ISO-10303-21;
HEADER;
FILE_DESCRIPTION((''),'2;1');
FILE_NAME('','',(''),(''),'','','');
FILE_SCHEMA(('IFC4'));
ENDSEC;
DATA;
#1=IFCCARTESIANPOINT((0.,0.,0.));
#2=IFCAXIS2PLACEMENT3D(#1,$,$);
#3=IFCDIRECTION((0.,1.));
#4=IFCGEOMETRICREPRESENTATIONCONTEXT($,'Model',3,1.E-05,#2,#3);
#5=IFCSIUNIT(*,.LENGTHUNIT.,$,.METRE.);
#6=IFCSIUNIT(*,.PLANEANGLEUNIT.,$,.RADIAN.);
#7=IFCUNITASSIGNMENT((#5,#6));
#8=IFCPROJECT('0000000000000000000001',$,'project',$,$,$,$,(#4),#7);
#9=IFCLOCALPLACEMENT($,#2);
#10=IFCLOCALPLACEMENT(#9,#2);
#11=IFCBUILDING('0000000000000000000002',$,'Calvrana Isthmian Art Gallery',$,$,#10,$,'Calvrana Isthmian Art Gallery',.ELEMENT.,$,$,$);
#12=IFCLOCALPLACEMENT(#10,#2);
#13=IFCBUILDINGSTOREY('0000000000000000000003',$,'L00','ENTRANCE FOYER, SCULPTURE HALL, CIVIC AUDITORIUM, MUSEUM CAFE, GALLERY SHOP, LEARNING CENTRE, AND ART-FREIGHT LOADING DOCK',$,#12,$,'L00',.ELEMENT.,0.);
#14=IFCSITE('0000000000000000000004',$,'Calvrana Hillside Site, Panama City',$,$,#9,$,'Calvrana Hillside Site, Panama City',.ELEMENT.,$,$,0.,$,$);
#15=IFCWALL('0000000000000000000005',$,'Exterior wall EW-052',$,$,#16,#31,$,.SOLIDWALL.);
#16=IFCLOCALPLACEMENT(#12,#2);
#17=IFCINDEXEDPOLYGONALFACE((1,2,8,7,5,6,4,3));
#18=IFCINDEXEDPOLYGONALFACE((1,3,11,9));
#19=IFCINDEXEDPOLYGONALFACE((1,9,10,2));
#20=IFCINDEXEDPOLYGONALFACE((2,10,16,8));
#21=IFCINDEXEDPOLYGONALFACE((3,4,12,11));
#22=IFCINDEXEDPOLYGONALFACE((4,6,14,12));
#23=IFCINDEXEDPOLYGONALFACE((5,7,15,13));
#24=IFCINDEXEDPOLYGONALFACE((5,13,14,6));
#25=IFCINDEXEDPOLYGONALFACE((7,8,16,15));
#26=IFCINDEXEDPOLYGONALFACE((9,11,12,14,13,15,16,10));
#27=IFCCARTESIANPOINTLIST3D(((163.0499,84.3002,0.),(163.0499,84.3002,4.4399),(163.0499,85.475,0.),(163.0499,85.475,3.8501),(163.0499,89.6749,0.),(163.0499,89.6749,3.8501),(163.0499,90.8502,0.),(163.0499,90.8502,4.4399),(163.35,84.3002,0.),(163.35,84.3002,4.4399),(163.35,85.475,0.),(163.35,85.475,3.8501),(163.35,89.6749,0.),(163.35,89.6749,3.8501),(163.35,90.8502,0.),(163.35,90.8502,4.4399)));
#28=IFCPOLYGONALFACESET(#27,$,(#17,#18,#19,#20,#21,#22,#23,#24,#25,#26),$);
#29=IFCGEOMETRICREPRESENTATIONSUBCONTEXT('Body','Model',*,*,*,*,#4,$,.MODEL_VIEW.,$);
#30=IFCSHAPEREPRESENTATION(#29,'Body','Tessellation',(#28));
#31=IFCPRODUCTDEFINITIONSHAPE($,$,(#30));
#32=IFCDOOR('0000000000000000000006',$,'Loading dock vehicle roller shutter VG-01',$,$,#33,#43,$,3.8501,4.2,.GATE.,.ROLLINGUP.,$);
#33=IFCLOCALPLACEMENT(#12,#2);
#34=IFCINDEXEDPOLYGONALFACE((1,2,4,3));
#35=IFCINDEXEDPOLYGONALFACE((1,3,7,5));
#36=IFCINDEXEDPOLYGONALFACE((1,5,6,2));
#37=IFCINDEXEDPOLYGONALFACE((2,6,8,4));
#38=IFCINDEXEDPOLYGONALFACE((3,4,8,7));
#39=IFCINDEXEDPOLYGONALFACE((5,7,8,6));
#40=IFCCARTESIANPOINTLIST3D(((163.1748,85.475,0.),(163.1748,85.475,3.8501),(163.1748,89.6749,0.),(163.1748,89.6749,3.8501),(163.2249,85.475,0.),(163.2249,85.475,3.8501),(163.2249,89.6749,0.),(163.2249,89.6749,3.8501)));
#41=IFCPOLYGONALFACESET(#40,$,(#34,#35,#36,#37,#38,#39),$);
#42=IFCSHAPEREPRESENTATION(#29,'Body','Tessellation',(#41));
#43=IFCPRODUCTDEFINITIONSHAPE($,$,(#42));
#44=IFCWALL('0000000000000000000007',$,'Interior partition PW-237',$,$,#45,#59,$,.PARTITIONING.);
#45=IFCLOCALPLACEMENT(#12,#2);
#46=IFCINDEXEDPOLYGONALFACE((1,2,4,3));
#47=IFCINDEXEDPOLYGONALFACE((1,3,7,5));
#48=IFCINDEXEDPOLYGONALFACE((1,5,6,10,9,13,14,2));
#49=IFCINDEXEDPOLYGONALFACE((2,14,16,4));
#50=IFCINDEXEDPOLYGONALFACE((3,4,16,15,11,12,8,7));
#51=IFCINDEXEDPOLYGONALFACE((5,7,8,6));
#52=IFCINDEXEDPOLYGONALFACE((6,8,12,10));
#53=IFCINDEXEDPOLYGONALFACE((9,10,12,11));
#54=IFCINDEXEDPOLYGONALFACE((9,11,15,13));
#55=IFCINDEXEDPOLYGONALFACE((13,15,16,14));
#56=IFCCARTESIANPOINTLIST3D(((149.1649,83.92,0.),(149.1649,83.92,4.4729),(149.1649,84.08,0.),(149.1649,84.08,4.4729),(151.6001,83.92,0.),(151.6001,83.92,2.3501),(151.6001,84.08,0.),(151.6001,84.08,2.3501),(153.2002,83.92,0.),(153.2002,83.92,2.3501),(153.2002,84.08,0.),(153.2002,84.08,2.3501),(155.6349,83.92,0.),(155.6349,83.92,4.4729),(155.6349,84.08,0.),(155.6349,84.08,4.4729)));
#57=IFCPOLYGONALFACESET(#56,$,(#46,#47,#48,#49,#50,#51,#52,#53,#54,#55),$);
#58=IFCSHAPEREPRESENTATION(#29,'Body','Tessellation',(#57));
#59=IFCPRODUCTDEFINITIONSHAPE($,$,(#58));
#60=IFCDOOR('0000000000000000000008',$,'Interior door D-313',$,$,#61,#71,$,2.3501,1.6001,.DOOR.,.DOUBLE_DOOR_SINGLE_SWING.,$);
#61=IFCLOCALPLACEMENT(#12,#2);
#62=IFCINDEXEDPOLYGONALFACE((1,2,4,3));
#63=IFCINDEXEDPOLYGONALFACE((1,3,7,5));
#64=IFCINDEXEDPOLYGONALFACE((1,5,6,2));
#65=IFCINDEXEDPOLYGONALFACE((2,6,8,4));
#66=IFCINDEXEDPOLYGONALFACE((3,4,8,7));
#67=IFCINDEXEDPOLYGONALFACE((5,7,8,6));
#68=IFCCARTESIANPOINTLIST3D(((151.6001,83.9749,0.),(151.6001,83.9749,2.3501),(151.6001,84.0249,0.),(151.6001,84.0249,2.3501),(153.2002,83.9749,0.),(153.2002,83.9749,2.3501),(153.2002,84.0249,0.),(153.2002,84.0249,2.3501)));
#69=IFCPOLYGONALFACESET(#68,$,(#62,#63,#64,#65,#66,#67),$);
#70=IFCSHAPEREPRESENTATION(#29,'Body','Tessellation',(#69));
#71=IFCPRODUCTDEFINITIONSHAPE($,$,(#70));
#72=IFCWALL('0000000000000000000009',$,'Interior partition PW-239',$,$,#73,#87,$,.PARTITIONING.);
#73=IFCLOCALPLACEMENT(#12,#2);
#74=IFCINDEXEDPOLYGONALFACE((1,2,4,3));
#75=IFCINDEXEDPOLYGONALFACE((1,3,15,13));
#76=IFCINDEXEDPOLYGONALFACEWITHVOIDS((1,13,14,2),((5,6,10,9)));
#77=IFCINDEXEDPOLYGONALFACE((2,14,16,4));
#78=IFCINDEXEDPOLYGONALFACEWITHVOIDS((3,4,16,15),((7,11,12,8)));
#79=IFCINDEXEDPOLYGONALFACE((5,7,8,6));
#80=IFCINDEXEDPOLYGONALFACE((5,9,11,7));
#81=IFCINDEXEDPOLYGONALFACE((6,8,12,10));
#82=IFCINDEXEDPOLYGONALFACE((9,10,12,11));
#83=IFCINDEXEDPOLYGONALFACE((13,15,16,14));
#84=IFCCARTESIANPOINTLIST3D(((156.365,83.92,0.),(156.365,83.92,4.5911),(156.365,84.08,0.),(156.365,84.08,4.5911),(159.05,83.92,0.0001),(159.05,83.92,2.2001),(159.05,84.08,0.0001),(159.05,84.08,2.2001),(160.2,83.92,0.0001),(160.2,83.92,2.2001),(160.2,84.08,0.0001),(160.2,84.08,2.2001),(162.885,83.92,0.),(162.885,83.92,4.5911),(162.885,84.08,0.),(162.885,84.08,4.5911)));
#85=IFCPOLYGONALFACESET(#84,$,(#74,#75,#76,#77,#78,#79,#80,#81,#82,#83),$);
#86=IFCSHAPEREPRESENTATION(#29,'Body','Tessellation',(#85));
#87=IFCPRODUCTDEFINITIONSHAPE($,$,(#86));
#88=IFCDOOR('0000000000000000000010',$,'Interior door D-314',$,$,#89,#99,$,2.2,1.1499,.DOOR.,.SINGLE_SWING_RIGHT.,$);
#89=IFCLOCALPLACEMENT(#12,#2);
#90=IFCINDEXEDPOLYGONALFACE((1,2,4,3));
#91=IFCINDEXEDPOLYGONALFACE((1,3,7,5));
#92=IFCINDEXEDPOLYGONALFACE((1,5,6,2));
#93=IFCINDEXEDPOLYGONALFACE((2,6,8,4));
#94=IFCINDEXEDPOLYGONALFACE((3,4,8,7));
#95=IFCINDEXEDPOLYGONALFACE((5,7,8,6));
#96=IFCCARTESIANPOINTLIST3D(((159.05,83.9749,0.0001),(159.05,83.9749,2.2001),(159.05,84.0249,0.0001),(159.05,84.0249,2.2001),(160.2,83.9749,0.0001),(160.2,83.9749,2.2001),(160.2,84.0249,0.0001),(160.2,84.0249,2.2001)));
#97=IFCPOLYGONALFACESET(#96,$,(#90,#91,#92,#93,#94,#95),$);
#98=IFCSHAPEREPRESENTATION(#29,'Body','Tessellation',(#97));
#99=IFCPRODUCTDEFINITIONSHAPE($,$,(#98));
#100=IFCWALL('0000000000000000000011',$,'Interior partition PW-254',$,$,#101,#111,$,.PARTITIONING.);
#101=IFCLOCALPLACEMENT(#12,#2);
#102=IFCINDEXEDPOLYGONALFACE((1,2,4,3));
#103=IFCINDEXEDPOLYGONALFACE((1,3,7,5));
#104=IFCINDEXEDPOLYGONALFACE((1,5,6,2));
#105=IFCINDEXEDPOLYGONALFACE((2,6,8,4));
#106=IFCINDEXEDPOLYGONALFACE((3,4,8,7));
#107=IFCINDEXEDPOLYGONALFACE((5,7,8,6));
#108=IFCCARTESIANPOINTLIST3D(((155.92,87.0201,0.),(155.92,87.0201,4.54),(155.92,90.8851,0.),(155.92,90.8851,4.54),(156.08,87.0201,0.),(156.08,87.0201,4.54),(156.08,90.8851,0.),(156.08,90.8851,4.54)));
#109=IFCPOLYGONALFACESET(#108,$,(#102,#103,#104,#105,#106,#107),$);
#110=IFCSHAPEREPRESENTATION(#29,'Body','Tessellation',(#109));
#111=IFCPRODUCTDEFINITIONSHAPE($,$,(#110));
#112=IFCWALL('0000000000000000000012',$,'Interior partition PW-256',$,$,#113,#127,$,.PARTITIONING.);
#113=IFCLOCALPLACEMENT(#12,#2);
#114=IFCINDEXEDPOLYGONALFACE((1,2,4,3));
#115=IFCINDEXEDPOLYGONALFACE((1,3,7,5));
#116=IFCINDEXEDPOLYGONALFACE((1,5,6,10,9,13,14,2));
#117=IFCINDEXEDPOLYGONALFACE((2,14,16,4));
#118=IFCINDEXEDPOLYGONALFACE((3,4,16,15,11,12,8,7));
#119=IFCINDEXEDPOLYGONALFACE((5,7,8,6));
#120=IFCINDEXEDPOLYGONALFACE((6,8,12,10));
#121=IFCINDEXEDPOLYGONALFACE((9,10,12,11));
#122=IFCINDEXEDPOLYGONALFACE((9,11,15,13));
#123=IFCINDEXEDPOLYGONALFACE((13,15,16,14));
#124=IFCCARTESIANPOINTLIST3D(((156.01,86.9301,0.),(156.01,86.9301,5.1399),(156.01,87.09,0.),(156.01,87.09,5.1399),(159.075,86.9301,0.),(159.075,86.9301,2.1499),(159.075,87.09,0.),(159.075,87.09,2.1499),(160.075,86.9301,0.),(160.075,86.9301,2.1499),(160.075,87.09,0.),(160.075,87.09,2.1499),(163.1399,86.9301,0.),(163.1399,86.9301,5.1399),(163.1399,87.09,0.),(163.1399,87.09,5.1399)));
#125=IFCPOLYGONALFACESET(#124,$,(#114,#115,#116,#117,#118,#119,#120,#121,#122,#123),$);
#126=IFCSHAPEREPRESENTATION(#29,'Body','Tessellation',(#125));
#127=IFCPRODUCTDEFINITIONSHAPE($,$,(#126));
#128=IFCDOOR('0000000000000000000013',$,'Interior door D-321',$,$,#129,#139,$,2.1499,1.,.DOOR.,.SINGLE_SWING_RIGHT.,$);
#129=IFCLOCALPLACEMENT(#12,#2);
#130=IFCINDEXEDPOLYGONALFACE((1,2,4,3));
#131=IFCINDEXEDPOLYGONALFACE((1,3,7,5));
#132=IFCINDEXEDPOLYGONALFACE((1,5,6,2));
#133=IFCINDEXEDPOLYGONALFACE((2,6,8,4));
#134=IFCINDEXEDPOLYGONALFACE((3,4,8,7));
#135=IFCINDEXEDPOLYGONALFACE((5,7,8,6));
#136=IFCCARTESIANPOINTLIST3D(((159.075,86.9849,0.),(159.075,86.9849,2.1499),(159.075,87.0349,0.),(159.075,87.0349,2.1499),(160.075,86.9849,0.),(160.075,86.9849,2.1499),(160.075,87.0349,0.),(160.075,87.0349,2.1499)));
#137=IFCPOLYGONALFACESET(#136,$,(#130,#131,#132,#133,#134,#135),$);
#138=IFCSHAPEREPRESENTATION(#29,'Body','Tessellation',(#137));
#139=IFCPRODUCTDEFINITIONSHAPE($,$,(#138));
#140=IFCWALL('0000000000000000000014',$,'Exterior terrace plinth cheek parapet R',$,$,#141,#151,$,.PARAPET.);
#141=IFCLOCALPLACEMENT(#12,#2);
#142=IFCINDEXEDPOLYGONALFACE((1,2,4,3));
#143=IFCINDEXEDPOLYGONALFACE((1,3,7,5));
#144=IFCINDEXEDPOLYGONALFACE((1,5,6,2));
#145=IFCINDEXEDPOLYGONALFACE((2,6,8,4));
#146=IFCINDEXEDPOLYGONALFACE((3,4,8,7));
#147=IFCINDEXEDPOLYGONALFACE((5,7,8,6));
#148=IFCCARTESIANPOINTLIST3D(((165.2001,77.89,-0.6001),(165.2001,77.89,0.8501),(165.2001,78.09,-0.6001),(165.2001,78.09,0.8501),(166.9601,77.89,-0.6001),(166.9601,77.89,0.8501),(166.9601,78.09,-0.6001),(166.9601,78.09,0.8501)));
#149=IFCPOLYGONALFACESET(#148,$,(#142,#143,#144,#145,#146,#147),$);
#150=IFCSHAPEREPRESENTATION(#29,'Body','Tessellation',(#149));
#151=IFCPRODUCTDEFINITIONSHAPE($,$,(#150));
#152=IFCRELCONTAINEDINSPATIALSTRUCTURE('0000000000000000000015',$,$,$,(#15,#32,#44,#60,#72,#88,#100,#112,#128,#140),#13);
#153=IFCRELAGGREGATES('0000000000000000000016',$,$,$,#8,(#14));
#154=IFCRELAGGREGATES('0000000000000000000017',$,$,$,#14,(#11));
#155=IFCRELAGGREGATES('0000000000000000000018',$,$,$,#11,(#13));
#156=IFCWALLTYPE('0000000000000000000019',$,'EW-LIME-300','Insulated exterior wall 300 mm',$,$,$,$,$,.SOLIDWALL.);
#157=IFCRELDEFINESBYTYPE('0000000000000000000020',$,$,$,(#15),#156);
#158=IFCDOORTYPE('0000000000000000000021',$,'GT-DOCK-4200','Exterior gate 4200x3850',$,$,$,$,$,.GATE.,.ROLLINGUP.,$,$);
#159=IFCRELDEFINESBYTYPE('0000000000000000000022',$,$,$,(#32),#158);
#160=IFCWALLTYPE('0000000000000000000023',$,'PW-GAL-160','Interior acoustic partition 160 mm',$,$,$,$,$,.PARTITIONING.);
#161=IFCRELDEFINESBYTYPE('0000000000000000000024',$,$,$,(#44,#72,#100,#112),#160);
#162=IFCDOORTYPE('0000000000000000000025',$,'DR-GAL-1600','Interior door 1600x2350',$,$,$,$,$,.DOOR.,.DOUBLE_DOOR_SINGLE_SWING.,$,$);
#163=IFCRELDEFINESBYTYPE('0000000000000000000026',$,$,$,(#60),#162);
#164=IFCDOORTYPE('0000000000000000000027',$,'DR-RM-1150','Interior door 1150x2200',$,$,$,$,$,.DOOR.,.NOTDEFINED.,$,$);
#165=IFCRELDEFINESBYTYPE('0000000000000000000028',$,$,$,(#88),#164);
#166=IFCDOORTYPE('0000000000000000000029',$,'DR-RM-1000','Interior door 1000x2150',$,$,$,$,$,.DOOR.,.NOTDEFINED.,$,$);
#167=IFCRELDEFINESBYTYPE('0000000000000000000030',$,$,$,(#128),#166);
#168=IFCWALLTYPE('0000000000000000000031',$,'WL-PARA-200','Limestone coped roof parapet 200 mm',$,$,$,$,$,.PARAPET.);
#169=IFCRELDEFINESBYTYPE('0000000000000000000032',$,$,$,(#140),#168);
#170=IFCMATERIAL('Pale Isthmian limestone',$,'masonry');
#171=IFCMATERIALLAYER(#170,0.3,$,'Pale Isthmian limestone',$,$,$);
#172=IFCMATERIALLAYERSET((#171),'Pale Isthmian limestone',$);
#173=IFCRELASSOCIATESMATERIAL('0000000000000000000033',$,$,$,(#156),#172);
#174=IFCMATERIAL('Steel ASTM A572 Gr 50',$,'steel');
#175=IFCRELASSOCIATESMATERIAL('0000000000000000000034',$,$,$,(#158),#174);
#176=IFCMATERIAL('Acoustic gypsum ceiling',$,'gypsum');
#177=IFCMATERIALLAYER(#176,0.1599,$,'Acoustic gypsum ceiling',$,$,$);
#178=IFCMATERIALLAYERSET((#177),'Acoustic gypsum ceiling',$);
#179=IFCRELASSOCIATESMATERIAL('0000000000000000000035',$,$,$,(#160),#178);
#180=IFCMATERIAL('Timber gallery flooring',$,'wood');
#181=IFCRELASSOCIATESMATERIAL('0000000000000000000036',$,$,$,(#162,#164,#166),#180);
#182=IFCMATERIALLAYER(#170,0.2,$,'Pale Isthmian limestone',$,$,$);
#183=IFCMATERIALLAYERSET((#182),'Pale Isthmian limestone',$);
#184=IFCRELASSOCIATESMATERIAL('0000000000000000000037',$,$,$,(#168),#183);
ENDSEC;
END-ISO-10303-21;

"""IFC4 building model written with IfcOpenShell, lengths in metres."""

from ifc_helpers import new_model, si_unit, direction, frame, frame_2d, origin, place, context, subcontext, project, spatial, rectangle, extrude, material, layer, layer_set, type_object, element, fill, save


model = new_model("IFC4")

# Units and contexts
model_context = context("Model", 3, precision=1e-05, world=origin(), true_north=direction((0.0, 1.0)))
body_context = subcontext(model_context, "Body", "Model", "MODEL_VIEW")
ifc_project = project(units=[si_unit("LENGTHUNIT", "METRE"), si_unit("PLANEANGLEUNIT", "RADIAN")], contexts=[model_context])

# Site, building, storey
site_placement = place(None, origin())
site = spatial("IfcSite", under=ifc_project, at=site_placement, Name="Calvrana Hillside Site, Panama City", LongName="Calvrana Hillside Site, Panama City", CompositionType="ELEMENT", RefElevation=0.0)
building_placement = place(site_placement, origin())
building = spatial("IfcBuilding", under=site, at=building_placement, Name="Calvrana Isthmian Art Gallery", LongName="Calvrana Isthmian Art Gallery", CompositionType="ELEMENT")
storey_placement = place(building_placement, origin())
storey = spatial("IfcBuildingStorey", under=building, at=storey_placement, Name="L00", Description="ENTRANCE FOYER, SCULPTURE HALL, CIVIC AUDITORIUM, MUSEUM CAFE, GALLERY SHOP, LEARNING CENTRE, AND ART-FREIGHT LOADING DOCK", LongName="L00", CompositionType="ELEMENT", Elevation=0.0)

# Walls, openings, doors
ifc_material_1 = material(Name="Pale Isthmian limestone", Category="masonry")
ifc_layer_1 = layer(ifc_material_1, 0.3, Name="Pale Isthmian limestone")
ifc_layer_set_1 = layer_set([ifc_layer_1], Name="Pale Isthmian limestone")
wall_type_1 = type_object("IfcWallType", Name="EW-LIME-300", Description="Insulated exterior wall 300 mm", PredefinedType="SOLIDWALL", material=ifc_layer_set_1)
wall_1_placement = place(storey_placement, frame((163.2, 90.8501, 0.0), z_axis=(0.0, 0.0, 1.0), x_axis=(0.0, -1.0, 0.0)))
wall_1 = element("IfcWall", 1, at=wall_1_placement, inside=storey, type_object=wall_type_1, Name="Exterior wall EW-052", PredefinedType="SOLIDWALL", context=body_context, shape_type="SweptSolid", body=[
    extrude(rectangle(XDim=6.55, YDim=0.3, at=frame_2d((3.2749, 0.0))), origin(), (0.0, 0.0, 1.0), 4.4399),
])
opening_1_placement = place(wall_1_placement, frame((1.175, 0.0, 0.0)))
opening_1 = element("IfcOpeningElement", 2, at=opening_1_placement, cuts=wall_1, PredefinedType="OPENING", context=body_context, shape_type="SweptSolid", body=[
    extrude(rectangle(XDim=4.2, YDim=3.8501, at=frame_2d((2.1001, 1.925))), frame((0.0, 0.1602, 0.0), z_axis=(0.0, -1.0, 0.0), x_axis=(1.0, 0.0, 0.0)), (0.0, 0.0, 1.0), 0.3206),
])
ifc_material_2 = material(Name="Steel ASTM A572 Gr 50", Category="steel")
door_type_1 = type_object("IfcDoorType", Name="GT-DOCK-4200", Description="Exterior gate 4200x3850", OperationType="ROLLINGUP", PredefinedType="GATE", material=ifc_material_2)
door_1_placement = place(opening_1_placement, origin())
door_1 = element("IfcDoor", 3, at=door_1_placement, inside=storey, type_object=door_type_1, Name="Loading dock vehicle roller shutter VG-01", OperationType="ROLLINGUP", OverallHeight=3.8501, OverallWidth=4.2, PredefinedType="GATE", context=body_context, shape_type="SweptSolid", body=[
    extrude(rectangle(XDim=4.2, YDim=3.8501, at=frame_2d((2.1001, 1.925))), frame((0.0, 0.0249, 0.0), z_axis=(0.0, -1.0, 0.0), x_axis=(1.0, 0.0, 0.0)), (0.0, 0.0, 1.0), 0.05),
])
fill(opening_1, door_1)
ifc_material_3 = material(Name="Acoustic gypsum ceiling", Category="gypsum")
ifc_layer_2 = layer(ifc_material_3, 0.1599, Name="Acoustic gypsum ceiling")
ifc_layer_set_2 = layer_set([ifc_layer_2], Name="Acoustic gypsum ceiling")
wall_type_2 = type_object("IfcWallType", Name="PW-GAL-160", Description="Interior acoustic partition 160 mm", PredefinedType="PARTITIONING", material=ifc_layer_set_2)
wall_2_placement = place(storey_placement, frame((149.165, 84.0, 0.0), z_axis=(0.0, 0.0, 1.0), x_axis=(1.0, 0.0, 0.0)))
wall_2 = element("IfcWall", 4, at=wall_2_placement, inside=storey, type_object=wall_type_2, Name="Interior partition PW-237", PredefinedType="PARTITIONING", context=body_context, shape_type="SweptSolid", body=[
    extrude(rectangle(XDim=6.47, YDim=0.1599, at=frame_2d((3.2349, 0.0))), origin(), (0.0, 0.0, 1.0), 4.4729),
])
opening_2_placement = place(wall_2_placement, frame((2.4351, 0.0, 0.0)))
opening_2 = element("IfcOpeningElement", 5, at=opening_2_placement, cuts=wall_2, PredefinedType="OPENING", context=body_context, shape_type="SweptSolid", body=[
    extrude(rectangle(XDim=1.6001, YDim=2.3501, at=frame_2d((0.8, 1.175))), frame((0.0, 0.0903, 0.0), z_axis=(0.0, -1.0, 0.0), x_axis=(1.0, 0.0, 0.0)), (0.0, 0.0, 1.0), 0.1804),
])
ifc_material_4 = material(Name="Timber gallery flooring", Category="wood")
door_type_2 = type_object("IfcDoorType", Name="DR-GAL-1600", Description="Interior door 1600x2350", OperationType="DOUBLE_DOOR_SINGLE_SWING", PredefinedType="DOOR", material=ifc_material_4)
door_2_placement = place(opening_2_placement, origin())
door_2 = element("IfcDoor", 6, at=door_2_placement, inside=storey, type_object=door_type_2, Name="Interior door D-313", OperationType="DOUBLE_DOOR_SINGLE_SWING", OverallHeight=2.3501, OverallWidth=1.6001, PredefinedType="DOOR", context=body_context, shape_type="SweptSolid", body=[
    extrude(rectangle(XDim=1.6001, YDim=2.3501, at=frame_2d((0.8, 1.175))), frame((0.0, 0.0249, 0.0), z_axis=(0.0, -1.0, 0.0), x_axis=(1.0, 0.0, 0.0)), (0.0, 0.0, 1.0), 0.05),
])
fill(opening_2, door_2)
wall_3_placement = place(storey_placement, frame((156.365, 84.0, 0.0), z_axis=(0.0, 0.0, 1.0), x_axis=(1.0, 0.0, 0.0)))
wall_3 = element("IfcWall", 7, at=wall_3_placement, inside=storey, type_object=wall_type_2, Name="Interior partition PW-239", PredefinedType="PARTITIONING", context=body_context, shape_type="SweptSolid", body=[
    extrude(rectangle(XDim=6.52, YDim=0.1599, at=frame_2d((3.26, 0.0))), origin(), (0.0, 0.0, 1.0), 4.5911),
])
opening_3_placement = place(wall_3_placement, frame((2.6851, 0.0, 0.0)))
opening_3 = element("IfcOpeningElement", 8, at=opening_3_placement, cuts=wall_3, PredefinedType="OPENING", context=body_context, shape_type="SweptSolid", body=[
    extrude(rectangle(XDim=1.1499, YDim=2.2, at=frame_2d((0.575, 1.1001))), frame((0.0, 0.0903, 0.0), z_axis=(0.0, -1.0, 0.0), x_axis=(1.0, 0.0, 0.0)), (0.0, 0.0, 1.0), 0.1804),
])
door_type_3 = type_object("IfcDoorType", Name="DR-RM-1150", Description="Interior door 1150x2200", OperationType="NOTDEFINED", PredefinedType="DOOR", material=ifc_material_4)
door_3_placement = place(opening_3_placement, origin())
door_3 = element("IfcDoor", 9, at=door_3_placement, inside=storey, type_object=door_type_3, Name="Interior door D-314", OperationType="SINGLE_SWING_RIGHT", OverallHeight=2.2, OverallWidth=1.1499, PredefinedType="DOOR", context=body_context, shape_type="SweptSolid", body=[
    extrude(rectangle(XDim=1.1499, YDim=2.2, at=frame_2d((0.575, 1.1001))), frame((0.0, 0.0249, 0.0), z_axis=(0.0, -1.0, 0.0), x_axis=(1.0, 0.0, 0.0)), (0.0, 0.0, 1.0), 0.05),
])
fill(opening_3, door_3)

# Wall
wall_4_placement = place(storey_placement, frame((156.0, 87.02, 0.0), z_axis=(0.0, 0.0, 1.0), x_axis=(0.0, 1.0, 0.0)))
element("IfcWall", 10, at=wall_4_placement, inside=storey, type_object=wall_type_2, Name="Interior partition PW-254", PredefinedType="PARTITIONING", context=body_context, shape_type="SweptSolid", body=[
    extrude(rectangle(XDim=3.865, YDim=0.1599, at=frame_2d((1.9326, 0.0))), origin(), (0.0, 0.0, 1.0), 4.54),
])

# Wall, opening, door
wall_5_placement = place(storey_placement, frame((156.01, 87.01, 0.0), z_axis=(0.0, 0.0, 1.0), x_axis=(1.0, 0.0, 0.0)))
wall_5 = element("IfcWall", 11, at=wall_5_placement, inside=storey, type_object=wall_type_2, Name="Interior partition PW-256", PredefinedType="PARTITIONING", context=body_context, shape_type="SweptSolid", body=[
    extrude(rectangle(XDim=7.1299, YDim=0.1599, at=frame_2d((3.5649, 0.0))), origin(), (0.0, 0.0, 1.0), 5.1399),
])
opening_4_placement = place(wall_5_placement, frame((3.0649, 0.0, 0.0)))
opening_4 = element("IfcOpeningElement", 12, at=opening_4_placement, cuts=wall_5, PredefinedType="OPENING", context=body_context, shape_type="SweptSolid", body=[
    extrude(rectangle(XDim=1.0, YDim=2.1499, at=frame_2d((0.5, 1.075))), frame((0.0, 0.0903, 0.0), z_axis=(0.0, -1.0, 0.0), x_axis=(1.0, 0.0, 0.0)), (0.0, 0.0, 1.0), 0.1804),
])
door_type_4 = type_object("IfcDoorType", Name="DR-RM-1000", Description="Interior door 1000x2150", OperationType="NOTDEFINED", PredefinedType="DOOR", material=ifc_material_4)
door_4_placement = place(opening_4_placement, origin())
door_4 = element("IfcDoor", 13, at=door_4_placement, inside=storey, type_object=door_type_4, Name="Interior door D-321", OperationType="SINGLE_SWING_RIGHT", OverallHeight=2.1499, OverallWidth=1.0, PredefinedType="DOOR", context=body_context, shape_type="SweptSolid", body=[
    extrude(rectangle(XDim=1.0, YDim=2.1499, at=frame_2d((0.5, 1.075))), frame((0.0, 0.0249, 0.0), z_axis=(0.0, -1.0, 0.0), x_axis=(1.0, 0.0, 0.0)), (0.0, 0.0, 1.0), 0.05),
])
fill(opening_4, door_4)

# Wall
ifc_layer_3 = layer(ifc_material_1, 0.2, Name="Pale Isthmian limestone")
ifc_layer_set_3 = layer_set([ifc_layer_3], Name="Pale Isthmian limestone")
wall_type_3 = type_object("IfcWallType", Name="WL-PARA-200", Description="Limestone coped roof parapet 200 mm", PredefinedType="PARAPET", material=ifc_layer_set_3)
wall_6_placement = place(storey_placement, frame((166.96, 77.99, -0.6001), z_axis=(0.0, 0.0, 1.0), x_axis=(-1.0, 0.0, 0.0)))
element("IfcWall", 14, at=wall_6_placement, inside=storey, type_object=wall_type_3, Name="Exterior terrace plinth cheek parapet R", PredefinedType="PARAPET", context=body_context, shape_type="SweptSolid", body=[
    extrude(rectangle(XDim=1.76, YDim=0.2, at=frame_2d((0.8799, 0.0))), origin(), (0.0, 0.0, 1.0), 1.4502),
])

save(model, "model.ifc")
